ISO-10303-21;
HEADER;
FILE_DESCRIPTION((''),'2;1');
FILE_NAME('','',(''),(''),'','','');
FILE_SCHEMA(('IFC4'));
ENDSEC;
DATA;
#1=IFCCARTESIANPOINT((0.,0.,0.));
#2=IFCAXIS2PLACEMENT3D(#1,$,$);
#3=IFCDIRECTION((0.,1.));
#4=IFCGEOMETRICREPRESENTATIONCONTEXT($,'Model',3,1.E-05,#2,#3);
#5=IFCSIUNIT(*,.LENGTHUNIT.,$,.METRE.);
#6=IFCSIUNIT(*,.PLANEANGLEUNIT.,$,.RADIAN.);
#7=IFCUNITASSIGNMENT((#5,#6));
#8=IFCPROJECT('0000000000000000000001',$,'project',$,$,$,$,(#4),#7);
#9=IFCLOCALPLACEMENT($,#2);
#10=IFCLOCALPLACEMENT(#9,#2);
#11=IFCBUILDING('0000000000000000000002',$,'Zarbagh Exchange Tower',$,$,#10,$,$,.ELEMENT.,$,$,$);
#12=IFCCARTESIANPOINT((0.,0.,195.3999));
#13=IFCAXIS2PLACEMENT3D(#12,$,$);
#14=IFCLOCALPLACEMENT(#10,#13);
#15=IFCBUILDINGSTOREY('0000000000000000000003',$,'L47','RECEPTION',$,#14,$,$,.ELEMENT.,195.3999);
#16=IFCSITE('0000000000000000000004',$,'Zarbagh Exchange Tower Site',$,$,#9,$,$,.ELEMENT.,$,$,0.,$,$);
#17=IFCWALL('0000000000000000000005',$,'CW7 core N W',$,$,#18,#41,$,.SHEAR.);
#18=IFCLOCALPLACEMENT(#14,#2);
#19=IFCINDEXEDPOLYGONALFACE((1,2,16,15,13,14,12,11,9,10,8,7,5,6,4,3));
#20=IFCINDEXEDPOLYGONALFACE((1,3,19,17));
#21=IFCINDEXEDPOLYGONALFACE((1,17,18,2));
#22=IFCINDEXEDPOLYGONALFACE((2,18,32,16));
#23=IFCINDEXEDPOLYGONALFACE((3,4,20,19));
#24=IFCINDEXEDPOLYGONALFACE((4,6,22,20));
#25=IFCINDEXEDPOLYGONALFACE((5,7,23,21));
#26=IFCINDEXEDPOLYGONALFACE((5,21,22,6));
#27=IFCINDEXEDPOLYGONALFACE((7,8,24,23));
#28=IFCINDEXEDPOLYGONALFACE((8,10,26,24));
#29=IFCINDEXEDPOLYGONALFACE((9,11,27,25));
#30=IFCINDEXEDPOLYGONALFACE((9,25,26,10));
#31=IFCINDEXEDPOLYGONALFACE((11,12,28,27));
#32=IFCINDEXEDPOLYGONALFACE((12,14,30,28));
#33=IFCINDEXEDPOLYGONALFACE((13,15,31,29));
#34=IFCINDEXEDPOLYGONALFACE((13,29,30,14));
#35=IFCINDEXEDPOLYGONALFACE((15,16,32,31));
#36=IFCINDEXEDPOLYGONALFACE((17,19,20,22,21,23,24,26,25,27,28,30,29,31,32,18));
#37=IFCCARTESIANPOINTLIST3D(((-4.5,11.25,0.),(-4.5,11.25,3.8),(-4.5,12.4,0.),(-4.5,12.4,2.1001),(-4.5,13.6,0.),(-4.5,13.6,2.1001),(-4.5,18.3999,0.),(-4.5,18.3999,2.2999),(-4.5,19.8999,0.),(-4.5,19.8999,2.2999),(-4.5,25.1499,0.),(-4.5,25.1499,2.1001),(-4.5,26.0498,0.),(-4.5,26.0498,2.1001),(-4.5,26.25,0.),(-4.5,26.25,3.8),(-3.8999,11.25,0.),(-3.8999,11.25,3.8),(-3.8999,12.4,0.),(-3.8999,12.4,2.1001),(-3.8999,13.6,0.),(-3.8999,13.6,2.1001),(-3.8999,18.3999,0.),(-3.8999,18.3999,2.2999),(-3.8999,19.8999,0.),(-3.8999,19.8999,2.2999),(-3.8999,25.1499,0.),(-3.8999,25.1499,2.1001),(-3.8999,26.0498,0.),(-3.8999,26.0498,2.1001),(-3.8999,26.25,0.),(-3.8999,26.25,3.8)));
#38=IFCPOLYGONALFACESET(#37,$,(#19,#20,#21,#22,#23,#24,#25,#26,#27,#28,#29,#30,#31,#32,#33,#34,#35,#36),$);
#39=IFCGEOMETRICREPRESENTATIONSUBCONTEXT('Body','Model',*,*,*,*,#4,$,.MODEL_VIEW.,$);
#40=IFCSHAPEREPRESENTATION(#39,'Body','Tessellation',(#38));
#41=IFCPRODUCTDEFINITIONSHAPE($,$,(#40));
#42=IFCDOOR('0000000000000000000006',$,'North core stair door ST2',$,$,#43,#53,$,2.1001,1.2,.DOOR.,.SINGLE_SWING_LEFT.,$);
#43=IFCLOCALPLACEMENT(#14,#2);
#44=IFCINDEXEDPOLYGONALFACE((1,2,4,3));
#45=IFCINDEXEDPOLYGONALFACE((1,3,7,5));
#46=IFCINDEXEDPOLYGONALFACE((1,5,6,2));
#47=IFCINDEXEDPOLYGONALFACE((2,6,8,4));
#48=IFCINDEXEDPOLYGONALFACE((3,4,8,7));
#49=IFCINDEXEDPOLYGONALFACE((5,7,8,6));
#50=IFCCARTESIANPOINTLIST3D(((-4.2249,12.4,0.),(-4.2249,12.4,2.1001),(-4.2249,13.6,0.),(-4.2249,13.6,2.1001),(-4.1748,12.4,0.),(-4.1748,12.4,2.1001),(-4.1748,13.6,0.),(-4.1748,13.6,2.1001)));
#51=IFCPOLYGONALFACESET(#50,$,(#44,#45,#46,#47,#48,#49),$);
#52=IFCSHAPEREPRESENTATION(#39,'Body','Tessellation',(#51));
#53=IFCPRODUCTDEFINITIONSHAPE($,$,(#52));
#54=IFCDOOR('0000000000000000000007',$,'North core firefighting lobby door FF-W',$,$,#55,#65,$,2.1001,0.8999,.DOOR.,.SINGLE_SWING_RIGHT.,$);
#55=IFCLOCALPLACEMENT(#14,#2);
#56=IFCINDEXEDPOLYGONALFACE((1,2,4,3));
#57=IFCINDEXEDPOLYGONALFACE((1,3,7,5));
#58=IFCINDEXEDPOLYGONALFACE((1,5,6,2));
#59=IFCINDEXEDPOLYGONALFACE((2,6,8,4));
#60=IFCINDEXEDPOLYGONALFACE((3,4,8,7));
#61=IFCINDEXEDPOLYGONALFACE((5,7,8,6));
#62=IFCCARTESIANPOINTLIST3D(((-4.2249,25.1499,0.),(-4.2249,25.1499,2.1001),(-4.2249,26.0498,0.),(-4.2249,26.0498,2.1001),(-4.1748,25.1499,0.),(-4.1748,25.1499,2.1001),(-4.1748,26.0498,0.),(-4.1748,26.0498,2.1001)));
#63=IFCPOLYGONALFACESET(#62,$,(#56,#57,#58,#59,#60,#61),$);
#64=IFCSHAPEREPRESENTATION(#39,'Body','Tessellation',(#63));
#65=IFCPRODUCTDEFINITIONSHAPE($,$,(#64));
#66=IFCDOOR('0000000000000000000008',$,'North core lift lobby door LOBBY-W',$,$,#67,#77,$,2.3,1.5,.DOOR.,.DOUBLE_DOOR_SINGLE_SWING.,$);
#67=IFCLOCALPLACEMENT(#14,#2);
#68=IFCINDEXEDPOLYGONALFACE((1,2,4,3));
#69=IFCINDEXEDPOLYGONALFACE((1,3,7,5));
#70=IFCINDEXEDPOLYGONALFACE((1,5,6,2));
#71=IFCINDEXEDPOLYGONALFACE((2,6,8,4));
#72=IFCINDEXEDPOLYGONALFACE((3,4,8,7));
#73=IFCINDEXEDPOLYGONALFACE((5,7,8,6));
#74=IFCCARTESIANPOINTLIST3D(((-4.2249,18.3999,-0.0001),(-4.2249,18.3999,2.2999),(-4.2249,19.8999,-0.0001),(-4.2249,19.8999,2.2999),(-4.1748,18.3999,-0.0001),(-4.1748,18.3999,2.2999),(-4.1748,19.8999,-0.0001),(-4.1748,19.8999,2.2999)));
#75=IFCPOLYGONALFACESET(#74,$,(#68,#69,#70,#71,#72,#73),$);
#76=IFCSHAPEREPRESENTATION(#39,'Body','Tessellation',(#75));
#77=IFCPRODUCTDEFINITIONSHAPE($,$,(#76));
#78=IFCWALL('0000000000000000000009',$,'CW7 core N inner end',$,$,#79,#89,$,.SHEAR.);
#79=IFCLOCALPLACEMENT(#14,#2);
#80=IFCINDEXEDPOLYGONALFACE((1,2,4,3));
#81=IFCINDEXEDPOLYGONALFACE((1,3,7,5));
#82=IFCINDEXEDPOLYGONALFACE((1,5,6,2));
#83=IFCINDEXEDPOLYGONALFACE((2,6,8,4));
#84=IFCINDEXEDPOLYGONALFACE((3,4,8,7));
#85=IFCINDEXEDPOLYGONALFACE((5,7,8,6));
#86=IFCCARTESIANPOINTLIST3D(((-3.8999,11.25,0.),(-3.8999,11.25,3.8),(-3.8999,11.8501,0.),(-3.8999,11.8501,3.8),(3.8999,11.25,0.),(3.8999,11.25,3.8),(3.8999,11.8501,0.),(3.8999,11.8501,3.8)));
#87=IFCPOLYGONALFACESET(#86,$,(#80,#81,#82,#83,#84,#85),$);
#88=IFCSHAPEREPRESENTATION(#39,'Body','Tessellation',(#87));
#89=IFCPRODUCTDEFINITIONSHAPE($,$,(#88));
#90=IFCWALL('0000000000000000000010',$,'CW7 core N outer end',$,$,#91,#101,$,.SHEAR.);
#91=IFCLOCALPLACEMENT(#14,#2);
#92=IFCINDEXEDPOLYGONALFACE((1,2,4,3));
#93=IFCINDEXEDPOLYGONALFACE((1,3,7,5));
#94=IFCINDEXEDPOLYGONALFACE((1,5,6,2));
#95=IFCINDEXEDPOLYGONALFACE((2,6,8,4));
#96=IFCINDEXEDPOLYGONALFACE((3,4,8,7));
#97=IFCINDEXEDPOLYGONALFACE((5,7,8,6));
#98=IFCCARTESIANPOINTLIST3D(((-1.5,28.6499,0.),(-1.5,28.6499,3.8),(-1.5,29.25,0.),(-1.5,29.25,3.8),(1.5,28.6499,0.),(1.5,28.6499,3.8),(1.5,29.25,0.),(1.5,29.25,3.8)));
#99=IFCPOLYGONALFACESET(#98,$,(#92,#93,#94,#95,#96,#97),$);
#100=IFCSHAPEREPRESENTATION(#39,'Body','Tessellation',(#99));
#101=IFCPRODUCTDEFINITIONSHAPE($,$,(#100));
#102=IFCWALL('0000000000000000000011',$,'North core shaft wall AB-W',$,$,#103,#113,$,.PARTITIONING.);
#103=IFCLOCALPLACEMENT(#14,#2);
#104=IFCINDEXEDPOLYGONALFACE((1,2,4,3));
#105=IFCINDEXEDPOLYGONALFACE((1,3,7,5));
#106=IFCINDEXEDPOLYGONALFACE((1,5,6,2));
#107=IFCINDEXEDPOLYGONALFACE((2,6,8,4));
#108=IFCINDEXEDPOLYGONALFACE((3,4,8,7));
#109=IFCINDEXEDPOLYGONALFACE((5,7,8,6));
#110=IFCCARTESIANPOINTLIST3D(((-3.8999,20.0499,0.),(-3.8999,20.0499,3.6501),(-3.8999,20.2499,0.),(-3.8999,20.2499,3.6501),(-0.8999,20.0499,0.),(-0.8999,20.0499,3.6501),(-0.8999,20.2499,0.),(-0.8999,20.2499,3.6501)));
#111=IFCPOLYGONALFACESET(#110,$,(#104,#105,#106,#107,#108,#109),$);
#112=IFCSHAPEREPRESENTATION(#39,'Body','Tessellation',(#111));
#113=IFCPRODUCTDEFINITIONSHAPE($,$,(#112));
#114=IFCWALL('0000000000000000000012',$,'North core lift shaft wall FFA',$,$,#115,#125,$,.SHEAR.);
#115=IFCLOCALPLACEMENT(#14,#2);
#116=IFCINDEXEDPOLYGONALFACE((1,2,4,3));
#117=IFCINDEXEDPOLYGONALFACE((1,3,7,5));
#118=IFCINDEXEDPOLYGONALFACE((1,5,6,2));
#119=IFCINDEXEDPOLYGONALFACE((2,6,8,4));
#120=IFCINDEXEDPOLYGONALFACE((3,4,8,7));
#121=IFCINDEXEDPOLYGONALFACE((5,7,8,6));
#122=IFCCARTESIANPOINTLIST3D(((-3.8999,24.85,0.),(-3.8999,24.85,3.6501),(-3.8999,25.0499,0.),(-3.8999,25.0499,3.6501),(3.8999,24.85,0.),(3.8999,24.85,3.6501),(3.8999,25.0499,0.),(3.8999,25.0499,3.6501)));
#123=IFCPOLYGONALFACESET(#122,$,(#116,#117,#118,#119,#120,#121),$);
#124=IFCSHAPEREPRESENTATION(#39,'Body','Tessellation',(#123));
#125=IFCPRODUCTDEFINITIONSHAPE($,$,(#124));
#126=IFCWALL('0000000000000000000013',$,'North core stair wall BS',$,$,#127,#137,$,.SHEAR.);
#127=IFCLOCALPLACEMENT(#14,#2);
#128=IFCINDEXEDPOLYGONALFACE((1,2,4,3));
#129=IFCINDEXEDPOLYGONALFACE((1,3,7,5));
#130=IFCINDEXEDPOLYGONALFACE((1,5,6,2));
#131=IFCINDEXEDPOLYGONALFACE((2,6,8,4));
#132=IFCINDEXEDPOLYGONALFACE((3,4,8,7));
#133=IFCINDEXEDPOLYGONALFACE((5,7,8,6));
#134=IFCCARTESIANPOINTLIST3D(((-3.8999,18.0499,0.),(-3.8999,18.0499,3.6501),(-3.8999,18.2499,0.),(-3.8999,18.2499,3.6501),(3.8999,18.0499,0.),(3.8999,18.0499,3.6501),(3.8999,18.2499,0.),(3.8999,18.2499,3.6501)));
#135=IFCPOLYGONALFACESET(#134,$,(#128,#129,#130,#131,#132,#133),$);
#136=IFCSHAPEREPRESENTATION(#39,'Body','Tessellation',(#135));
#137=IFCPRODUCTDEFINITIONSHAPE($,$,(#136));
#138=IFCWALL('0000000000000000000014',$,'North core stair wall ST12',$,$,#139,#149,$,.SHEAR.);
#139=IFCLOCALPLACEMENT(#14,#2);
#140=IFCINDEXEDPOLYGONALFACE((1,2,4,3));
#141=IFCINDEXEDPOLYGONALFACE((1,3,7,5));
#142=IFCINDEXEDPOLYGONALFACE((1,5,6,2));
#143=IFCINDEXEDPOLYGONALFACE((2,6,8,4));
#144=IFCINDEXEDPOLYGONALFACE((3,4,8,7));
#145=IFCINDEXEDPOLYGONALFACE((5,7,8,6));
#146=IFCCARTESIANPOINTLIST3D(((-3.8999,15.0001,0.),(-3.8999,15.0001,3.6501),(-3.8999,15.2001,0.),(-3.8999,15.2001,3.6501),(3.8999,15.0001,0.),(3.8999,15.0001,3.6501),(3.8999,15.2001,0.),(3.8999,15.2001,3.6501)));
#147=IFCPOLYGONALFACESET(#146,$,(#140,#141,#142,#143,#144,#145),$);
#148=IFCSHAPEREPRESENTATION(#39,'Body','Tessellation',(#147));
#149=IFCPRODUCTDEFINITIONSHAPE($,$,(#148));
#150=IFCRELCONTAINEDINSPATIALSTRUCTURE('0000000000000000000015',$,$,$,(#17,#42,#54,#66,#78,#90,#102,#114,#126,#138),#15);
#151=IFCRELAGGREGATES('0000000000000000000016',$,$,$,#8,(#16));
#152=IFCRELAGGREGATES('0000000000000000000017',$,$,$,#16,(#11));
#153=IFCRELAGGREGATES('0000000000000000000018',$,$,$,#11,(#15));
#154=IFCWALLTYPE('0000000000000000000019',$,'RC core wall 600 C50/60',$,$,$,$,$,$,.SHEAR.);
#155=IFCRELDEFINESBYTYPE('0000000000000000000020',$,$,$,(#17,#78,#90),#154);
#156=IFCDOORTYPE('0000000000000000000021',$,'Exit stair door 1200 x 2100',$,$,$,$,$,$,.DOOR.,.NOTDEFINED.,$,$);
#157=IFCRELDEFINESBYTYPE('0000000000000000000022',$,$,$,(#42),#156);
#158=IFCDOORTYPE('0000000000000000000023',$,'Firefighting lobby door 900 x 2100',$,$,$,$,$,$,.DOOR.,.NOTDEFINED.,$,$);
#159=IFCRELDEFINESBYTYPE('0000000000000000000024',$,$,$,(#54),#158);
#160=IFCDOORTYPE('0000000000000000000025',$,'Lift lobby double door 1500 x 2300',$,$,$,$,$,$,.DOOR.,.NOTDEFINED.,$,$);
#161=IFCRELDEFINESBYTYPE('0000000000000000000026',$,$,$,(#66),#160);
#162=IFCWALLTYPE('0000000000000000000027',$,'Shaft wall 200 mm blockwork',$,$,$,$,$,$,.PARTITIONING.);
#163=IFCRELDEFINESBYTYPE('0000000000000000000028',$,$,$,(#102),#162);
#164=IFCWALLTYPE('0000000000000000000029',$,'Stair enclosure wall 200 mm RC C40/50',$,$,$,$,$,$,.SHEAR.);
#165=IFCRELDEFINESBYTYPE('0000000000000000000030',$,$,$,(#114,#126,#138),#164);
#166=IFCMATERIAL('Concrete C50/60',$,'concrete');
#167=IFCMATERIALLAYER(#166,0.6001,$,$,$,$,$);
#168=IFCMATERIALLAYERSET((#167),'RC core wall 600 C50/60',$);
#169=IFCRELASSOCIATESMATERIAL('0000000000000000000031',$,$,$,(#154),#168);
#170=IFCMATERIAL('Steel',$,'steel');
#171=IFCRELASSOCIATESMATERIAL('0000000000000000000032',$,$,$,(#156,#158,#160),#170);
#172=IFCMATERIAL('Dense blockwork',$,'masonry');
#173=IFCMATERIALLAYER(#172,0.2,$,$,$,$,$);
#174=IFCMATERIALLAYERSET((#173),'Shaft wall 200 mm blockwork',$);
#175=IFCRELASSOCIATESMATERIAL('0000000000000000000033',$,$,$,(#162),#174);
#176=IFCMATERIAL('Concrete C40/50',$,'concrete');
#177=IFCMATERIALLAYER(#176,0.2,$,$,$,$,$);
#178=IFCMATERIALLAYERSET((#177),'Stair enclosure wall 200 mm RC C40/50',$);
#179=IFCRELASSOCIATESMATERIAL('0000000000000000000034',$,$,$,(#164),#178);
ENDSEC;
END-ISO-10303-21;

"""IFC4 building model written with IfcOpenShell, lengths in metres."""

from ifc_helpers import new_model, si_unit, direction, frame, frame_2d, origin, place, context, subcontext, project, spatial, rectangle, extrude, material, layer, layer_set, type_object, element, fill, save


model = new_model("IFC4")

# Units and contexts
model_context = context("Model", 3, precision=1e-05, world=origin(), true_north=direction((0.0, 1.0)))
body_context = subcontext(model_context, "Body", "Model", "MODEL_VIEW")
ifc_project = project(units=[si_unit("LENGTHUNIT", "METRE"), si_unit("PLANEANGLEUNIT", "RADIAN")], contexts=[model_context])

# Site, building, storey
site_placement = place(None, origin())
site = spatial("IfcSite", under=ifc_project, at=site_placement, Name="Zarbagh Exchange Tower Site", CompositionType="ELEMENT", RefElevation=0.0)
building_placement = place(site_placement, origin())
building = spatial("IfcBuilding", under=site, at=building_placement, Name="Zarbagh Exchange Tower", CompositionType="ELEMENT")
storey_placement = place(building_placement, frame((0.0, 0.0, 195.3999)))
storey = spatial("IfcBuildingStorey", under=building, at=storey_placement, Name="L47", Description="RECEPTION", CompositionType="ELEMENT", Elevation=195.3999)

# Shared definitions
ifc_material_1 = material(Name="Concrete C50/60", Category="concrete")

# Shared definitions
ifc_material_2 = material(Name="Dense blockwork", Category="masonry")

# Wall, openings, doors
ifc_layer_1 = layer(ifc_material_1, 0.6001)
ifc_layer_set_1 = layer_set([ifc_layer_1], Name="RC core wall 600 C50/60")
wall_type_1 = type_object("IfcWallType", Name="RC core wall 600 C50/60", PredefinedType="SHEAR", material=ifc_layer_set_1)
wall_1_placement = place(storey_placement, frame((-4.2, 11.25, 0.0), z_axis=(0.0, 0.0, 1.0), x_axis=(0.0, 1.0, 0.0)))
wall_1 = element("IfcWall", 1, at=wall_1_placement, inside=storey, type_object=wall_type_1, Name="CW7 core N W", PredefinedType="SHEAR", context=body_context, shape_type="SweptSolid", body=[
    extrude(rectangle(XDim=15.0, YDim=0.6001, at=frame_2d((7.5, 0.0))), origin(), (0.0, 0.0, 1.0), 3.8),
])
opening_1_placement = place(wall_1_placement, frame((7.1499, 0.0, 0.0)))
opening_1 = element("IfcOpeningElement", 2, at=opening_1_placement, cuts=wall_1, PredefinedType="OPENING", context=body_context, shape_type="SweptSolid", body=[
    extrude(rectangle(XDim=1.5, YDim=2.3, at=frame_2d((0.75, 1.1499))), frame((0.0, 0.3101, 0.0), z_axis=(0.0, -1.0, 0.0), x_axis=(1.0, 0.0, 0.0)), (0.0, 0.0, 1.0), 0.6201),
])
opening_2_placement = place(wall_1_placement, frame((13.8999, 0.0, 0.0)))
opening_2 = element("IfcOpeningElement", 3, at=opening_2_placement, cuts=wall_1, PredefinedType="OPENING", context=body_context, shape_type="SweptSolid", body=[
    extrude(rectangle(XDim=0.8999, YDim=2.1001, at=frame_2d((0.45, 1.05))), frame((0.0, 0.3101, 0.0), z_axis=(0.0, -1.0, 0.0), x_axis=(1.0, 0.0, 0.0)), (0.0, 0.0, 1.0), 0.6201),
])
opening_3_placement = place(wall_1_placement, frame((1.1499, 0.0, 0.0)))
opening_3 = element("IfcOpeningElement", 4, at=opening_3_placement, cuts=wall_1, PredefinedType="OPENING", context=body_context, shape_type="SweptSolid", body=[
    extrude(rectangle(XDim=1.2, YDim=2.1001, at=frame_2d((0.6001, 1.05))), frame((0.0, 0.3101, 0.0), z_axis=(0.0, -1.0, 0.0), x_axis=(1.0, 0.0, 0.0)), (0.0, 0.0, 1.0), 0.6201),
])
ifc_material_3 = material(Name="Steel", Category="steel")
door_type_1 = type_object("IfcDoorType", Name="Exit stair door 1200 x 2100", OperationType="NOTDEFINED", PredefinedType="DOOR", material=ifc_material_3)
door_1_placement = place(opening_3_placement, origin())
door_1 = element("IfcDoor", 5, at=door_1_placement, inside=storey, type_object=door_type_1, Name="North core stair door ST2", OperationType="SINGLE_SWING_LEFT", OverallHeight=2.1001, OverallWidth=1.2, PredefinedType="DOOR", context=body_context, shape_type="SweptSolid", body=[
    extrude(rectangle(XDim=1.2, YDim=2.1001, at=frame_2d((0.6001, 1.05))), frame((0.0, 0.0249, 0.0), z_axis=(0.0, -1.0, 0.0), x_axis=(1.0, 0.0, 0.0)), (0.0, 0.0, 1.0), 0.05),
])
fill(opening_3, door_1)
door_type_2 = type_object("IfcDoorType", Name="Firefighting lobby door 900 x 2100", OperationType="NOTDEFINED", PredefinedType="DOOR", material=ifc_material_3)
door_2_placement = place(opening_2_placement, origin())
door_2 = element("IfcDoor", 6, at=door_2_placement, inside=storey, type_object=door_type_2, Name="North core firefighting lobby door FF-W", OperationType="SINGLE_SWING_RIGHT", OverallHeight=2.1001, OverallWidth=0.8999, PredefinedType="DOOR", context=body_context, shape_type="SweptSolid", body=[
    extrude(rectangle(XDim=0.8999, YDim=2.1001, at=frame_2d((0.45, 1.05))), frame((0.0, 0.0249, 0.0), z_axis=(0.0, -1.0, 0.0), x_axis=(1.0, 0.0, 0.0)), (0.0, 0.0, 1.0), 0.05),
])
fill(opening_2, door_2)
door_type_3 = type_object("IfcDoorType", Name="Lift lobby double door 1500 x 2300", OperationType="NOTDEFINED", PredefinedType="DOOR", material=ifc_material_3)
door_3_placement = place(opening_1_placement, origin())
door_3 = element("IfcDoor", 7, at=door_3_placement, inside=storey, type_object=door_type_3, Name="North core lift lobby door LOBBY-W", OperationType="DOUBLE_DOOR_SINGLE_SWING", OverallHeight=2.3, OverallWidth=1.5, PredefinedType="DOOR", context=body_context, shape_type="SweptSolid", body=[
    extrude(rectangle(XDim=1.5, YDim=2.3, at=frame_2d((0.75, 1.1499))), frame((0.0, 0.0249, 0.0), z_axis=(0.0, -1.0, 0.0), x_axis=(1.0, 0.0, 0.0)), (0.0, 0.0, 1.0), 0.05),
])
fill(opening_1, door_3)

# Walls
wall_2_placement = place(storey_placement, frame((-3.8999, 11.55, 0.0), z_axis=(0.0, 0.0, 1.0), x_axis=(1.0, 0.0, 0.0)))
element("IfcWall", 8, at=wall_2_placement, inside=storey, type_object=wall_type_1, Name="CW7 core N inner end", PredefinedType="SHEAR", context=body_context, shape_type="SweptSolid", body=[
    extrude(rectangle(XDim=7.7998, YDim=0.6001, at=frame_2d((3.8999, 0.0))), origin(), (0.0, 0.0, 1.0), 3.8),
])
wall_3_placement = place(storey_placement, frame((-1.5, 28.95, 0.0), z_axis=(0.0, 0.0, 1.0), x_axis=(1.0, 0.0, 0.0)))
element("IfcWall", 9, at=wall_3_placement, inside=storey, type_object=wall_type_1, Name="CW7 core N outer end", PredefinedType="SHEAR", context=body_context, shape_type="SweptSolid", body=[
    extrude(rectangle(XDim=3.0, YDim=0.6001, at=frame_2d((1.5, 0.0))), origin(), (0.0, 0.0, 1.0), 3.8),
])
ifc_layer_2 = layer(ifc_material_2, 0.2)
ifc_layer_set_2 = layer_set([ifc_layer_2], Name="Shaft wall 200 mm blockwork")
wall_type_2 = type_object("IfcWallType", Name="Shaft wall 200 mm blockwork", PredefinedType="PARTITIONING", material=ifc_layer_set_2)
wall_4_placement = place(storey_placement, frame((-3.8999, 20.1499, 0.0), z_axis=(0.0, 0.0, 1.0), x_axis=(1.0, 0.0, 0.0)))
element("IfcWall", 10, at=wall_4_placement, inside=storey, type_object=wall_type_2, Name="North core shaft wall AB-W", PredefinedType="PARTITIONING", context=body_context, shape_type="SweptSolid", body=[
    extrude(rectangle(XDim=3.0, YDim=0.2, at=frame_2d((1.5, 0.0))), origin(), (0.0, 0.0, 1.0), 3.6501),
])
ifc_material_4 = material(Name="Concrete C40/50", Category="concrete")
ifc_layer_3 = layer(ifc_material_4, 0.2)
ifc_layer_set_3 = layer_set([ifc_layer_3], Name="Stair enclosure wall 200 mm RC C40/50")
wall_type_3 = type_object("IfcWallType", Name="Stair enclosure wall 200 mm RC C40/50", PredefinedType="SHEAR", material=ifc_layer_set_3)
for number, where, z_axis, x_axis, name in (
    (11, (-3.8999, 24.95, 0.0), (0.0, 0.0, 1.0), (1.0, 0.0, 0.0), "North core lift shaft wall FFA"),
    (12, (-3.8999, 18.1499, 0.0), (0.0, 0.0, 1.0), (1.0, 0.0, 0.0), "North core stair wall BS"),
    (13, (-3.8999, 15.1001, 0.0), (0.0, 0.0, 1.0), (1.0, 0.0, 0.0), "North core stair wall ST12"),
):
    element("IfcWall", number, at=place(storey_placement, frame(where, z_axis=z_axis, x_axis=x_axis)), inside=storey, type_object=wall_type_3, Name=name, PredefinedType="SHEAR", context=body_context, shape_type="SweptSolid", body=[
        extrude(rectangle(XDim=7.7998, YDim=0.2, at=frame_2d((3.8999, 0.0))), origin(), (0.0, 0.0, 1.0), 3.6501),
    ])

save(model, "model.ifc")
